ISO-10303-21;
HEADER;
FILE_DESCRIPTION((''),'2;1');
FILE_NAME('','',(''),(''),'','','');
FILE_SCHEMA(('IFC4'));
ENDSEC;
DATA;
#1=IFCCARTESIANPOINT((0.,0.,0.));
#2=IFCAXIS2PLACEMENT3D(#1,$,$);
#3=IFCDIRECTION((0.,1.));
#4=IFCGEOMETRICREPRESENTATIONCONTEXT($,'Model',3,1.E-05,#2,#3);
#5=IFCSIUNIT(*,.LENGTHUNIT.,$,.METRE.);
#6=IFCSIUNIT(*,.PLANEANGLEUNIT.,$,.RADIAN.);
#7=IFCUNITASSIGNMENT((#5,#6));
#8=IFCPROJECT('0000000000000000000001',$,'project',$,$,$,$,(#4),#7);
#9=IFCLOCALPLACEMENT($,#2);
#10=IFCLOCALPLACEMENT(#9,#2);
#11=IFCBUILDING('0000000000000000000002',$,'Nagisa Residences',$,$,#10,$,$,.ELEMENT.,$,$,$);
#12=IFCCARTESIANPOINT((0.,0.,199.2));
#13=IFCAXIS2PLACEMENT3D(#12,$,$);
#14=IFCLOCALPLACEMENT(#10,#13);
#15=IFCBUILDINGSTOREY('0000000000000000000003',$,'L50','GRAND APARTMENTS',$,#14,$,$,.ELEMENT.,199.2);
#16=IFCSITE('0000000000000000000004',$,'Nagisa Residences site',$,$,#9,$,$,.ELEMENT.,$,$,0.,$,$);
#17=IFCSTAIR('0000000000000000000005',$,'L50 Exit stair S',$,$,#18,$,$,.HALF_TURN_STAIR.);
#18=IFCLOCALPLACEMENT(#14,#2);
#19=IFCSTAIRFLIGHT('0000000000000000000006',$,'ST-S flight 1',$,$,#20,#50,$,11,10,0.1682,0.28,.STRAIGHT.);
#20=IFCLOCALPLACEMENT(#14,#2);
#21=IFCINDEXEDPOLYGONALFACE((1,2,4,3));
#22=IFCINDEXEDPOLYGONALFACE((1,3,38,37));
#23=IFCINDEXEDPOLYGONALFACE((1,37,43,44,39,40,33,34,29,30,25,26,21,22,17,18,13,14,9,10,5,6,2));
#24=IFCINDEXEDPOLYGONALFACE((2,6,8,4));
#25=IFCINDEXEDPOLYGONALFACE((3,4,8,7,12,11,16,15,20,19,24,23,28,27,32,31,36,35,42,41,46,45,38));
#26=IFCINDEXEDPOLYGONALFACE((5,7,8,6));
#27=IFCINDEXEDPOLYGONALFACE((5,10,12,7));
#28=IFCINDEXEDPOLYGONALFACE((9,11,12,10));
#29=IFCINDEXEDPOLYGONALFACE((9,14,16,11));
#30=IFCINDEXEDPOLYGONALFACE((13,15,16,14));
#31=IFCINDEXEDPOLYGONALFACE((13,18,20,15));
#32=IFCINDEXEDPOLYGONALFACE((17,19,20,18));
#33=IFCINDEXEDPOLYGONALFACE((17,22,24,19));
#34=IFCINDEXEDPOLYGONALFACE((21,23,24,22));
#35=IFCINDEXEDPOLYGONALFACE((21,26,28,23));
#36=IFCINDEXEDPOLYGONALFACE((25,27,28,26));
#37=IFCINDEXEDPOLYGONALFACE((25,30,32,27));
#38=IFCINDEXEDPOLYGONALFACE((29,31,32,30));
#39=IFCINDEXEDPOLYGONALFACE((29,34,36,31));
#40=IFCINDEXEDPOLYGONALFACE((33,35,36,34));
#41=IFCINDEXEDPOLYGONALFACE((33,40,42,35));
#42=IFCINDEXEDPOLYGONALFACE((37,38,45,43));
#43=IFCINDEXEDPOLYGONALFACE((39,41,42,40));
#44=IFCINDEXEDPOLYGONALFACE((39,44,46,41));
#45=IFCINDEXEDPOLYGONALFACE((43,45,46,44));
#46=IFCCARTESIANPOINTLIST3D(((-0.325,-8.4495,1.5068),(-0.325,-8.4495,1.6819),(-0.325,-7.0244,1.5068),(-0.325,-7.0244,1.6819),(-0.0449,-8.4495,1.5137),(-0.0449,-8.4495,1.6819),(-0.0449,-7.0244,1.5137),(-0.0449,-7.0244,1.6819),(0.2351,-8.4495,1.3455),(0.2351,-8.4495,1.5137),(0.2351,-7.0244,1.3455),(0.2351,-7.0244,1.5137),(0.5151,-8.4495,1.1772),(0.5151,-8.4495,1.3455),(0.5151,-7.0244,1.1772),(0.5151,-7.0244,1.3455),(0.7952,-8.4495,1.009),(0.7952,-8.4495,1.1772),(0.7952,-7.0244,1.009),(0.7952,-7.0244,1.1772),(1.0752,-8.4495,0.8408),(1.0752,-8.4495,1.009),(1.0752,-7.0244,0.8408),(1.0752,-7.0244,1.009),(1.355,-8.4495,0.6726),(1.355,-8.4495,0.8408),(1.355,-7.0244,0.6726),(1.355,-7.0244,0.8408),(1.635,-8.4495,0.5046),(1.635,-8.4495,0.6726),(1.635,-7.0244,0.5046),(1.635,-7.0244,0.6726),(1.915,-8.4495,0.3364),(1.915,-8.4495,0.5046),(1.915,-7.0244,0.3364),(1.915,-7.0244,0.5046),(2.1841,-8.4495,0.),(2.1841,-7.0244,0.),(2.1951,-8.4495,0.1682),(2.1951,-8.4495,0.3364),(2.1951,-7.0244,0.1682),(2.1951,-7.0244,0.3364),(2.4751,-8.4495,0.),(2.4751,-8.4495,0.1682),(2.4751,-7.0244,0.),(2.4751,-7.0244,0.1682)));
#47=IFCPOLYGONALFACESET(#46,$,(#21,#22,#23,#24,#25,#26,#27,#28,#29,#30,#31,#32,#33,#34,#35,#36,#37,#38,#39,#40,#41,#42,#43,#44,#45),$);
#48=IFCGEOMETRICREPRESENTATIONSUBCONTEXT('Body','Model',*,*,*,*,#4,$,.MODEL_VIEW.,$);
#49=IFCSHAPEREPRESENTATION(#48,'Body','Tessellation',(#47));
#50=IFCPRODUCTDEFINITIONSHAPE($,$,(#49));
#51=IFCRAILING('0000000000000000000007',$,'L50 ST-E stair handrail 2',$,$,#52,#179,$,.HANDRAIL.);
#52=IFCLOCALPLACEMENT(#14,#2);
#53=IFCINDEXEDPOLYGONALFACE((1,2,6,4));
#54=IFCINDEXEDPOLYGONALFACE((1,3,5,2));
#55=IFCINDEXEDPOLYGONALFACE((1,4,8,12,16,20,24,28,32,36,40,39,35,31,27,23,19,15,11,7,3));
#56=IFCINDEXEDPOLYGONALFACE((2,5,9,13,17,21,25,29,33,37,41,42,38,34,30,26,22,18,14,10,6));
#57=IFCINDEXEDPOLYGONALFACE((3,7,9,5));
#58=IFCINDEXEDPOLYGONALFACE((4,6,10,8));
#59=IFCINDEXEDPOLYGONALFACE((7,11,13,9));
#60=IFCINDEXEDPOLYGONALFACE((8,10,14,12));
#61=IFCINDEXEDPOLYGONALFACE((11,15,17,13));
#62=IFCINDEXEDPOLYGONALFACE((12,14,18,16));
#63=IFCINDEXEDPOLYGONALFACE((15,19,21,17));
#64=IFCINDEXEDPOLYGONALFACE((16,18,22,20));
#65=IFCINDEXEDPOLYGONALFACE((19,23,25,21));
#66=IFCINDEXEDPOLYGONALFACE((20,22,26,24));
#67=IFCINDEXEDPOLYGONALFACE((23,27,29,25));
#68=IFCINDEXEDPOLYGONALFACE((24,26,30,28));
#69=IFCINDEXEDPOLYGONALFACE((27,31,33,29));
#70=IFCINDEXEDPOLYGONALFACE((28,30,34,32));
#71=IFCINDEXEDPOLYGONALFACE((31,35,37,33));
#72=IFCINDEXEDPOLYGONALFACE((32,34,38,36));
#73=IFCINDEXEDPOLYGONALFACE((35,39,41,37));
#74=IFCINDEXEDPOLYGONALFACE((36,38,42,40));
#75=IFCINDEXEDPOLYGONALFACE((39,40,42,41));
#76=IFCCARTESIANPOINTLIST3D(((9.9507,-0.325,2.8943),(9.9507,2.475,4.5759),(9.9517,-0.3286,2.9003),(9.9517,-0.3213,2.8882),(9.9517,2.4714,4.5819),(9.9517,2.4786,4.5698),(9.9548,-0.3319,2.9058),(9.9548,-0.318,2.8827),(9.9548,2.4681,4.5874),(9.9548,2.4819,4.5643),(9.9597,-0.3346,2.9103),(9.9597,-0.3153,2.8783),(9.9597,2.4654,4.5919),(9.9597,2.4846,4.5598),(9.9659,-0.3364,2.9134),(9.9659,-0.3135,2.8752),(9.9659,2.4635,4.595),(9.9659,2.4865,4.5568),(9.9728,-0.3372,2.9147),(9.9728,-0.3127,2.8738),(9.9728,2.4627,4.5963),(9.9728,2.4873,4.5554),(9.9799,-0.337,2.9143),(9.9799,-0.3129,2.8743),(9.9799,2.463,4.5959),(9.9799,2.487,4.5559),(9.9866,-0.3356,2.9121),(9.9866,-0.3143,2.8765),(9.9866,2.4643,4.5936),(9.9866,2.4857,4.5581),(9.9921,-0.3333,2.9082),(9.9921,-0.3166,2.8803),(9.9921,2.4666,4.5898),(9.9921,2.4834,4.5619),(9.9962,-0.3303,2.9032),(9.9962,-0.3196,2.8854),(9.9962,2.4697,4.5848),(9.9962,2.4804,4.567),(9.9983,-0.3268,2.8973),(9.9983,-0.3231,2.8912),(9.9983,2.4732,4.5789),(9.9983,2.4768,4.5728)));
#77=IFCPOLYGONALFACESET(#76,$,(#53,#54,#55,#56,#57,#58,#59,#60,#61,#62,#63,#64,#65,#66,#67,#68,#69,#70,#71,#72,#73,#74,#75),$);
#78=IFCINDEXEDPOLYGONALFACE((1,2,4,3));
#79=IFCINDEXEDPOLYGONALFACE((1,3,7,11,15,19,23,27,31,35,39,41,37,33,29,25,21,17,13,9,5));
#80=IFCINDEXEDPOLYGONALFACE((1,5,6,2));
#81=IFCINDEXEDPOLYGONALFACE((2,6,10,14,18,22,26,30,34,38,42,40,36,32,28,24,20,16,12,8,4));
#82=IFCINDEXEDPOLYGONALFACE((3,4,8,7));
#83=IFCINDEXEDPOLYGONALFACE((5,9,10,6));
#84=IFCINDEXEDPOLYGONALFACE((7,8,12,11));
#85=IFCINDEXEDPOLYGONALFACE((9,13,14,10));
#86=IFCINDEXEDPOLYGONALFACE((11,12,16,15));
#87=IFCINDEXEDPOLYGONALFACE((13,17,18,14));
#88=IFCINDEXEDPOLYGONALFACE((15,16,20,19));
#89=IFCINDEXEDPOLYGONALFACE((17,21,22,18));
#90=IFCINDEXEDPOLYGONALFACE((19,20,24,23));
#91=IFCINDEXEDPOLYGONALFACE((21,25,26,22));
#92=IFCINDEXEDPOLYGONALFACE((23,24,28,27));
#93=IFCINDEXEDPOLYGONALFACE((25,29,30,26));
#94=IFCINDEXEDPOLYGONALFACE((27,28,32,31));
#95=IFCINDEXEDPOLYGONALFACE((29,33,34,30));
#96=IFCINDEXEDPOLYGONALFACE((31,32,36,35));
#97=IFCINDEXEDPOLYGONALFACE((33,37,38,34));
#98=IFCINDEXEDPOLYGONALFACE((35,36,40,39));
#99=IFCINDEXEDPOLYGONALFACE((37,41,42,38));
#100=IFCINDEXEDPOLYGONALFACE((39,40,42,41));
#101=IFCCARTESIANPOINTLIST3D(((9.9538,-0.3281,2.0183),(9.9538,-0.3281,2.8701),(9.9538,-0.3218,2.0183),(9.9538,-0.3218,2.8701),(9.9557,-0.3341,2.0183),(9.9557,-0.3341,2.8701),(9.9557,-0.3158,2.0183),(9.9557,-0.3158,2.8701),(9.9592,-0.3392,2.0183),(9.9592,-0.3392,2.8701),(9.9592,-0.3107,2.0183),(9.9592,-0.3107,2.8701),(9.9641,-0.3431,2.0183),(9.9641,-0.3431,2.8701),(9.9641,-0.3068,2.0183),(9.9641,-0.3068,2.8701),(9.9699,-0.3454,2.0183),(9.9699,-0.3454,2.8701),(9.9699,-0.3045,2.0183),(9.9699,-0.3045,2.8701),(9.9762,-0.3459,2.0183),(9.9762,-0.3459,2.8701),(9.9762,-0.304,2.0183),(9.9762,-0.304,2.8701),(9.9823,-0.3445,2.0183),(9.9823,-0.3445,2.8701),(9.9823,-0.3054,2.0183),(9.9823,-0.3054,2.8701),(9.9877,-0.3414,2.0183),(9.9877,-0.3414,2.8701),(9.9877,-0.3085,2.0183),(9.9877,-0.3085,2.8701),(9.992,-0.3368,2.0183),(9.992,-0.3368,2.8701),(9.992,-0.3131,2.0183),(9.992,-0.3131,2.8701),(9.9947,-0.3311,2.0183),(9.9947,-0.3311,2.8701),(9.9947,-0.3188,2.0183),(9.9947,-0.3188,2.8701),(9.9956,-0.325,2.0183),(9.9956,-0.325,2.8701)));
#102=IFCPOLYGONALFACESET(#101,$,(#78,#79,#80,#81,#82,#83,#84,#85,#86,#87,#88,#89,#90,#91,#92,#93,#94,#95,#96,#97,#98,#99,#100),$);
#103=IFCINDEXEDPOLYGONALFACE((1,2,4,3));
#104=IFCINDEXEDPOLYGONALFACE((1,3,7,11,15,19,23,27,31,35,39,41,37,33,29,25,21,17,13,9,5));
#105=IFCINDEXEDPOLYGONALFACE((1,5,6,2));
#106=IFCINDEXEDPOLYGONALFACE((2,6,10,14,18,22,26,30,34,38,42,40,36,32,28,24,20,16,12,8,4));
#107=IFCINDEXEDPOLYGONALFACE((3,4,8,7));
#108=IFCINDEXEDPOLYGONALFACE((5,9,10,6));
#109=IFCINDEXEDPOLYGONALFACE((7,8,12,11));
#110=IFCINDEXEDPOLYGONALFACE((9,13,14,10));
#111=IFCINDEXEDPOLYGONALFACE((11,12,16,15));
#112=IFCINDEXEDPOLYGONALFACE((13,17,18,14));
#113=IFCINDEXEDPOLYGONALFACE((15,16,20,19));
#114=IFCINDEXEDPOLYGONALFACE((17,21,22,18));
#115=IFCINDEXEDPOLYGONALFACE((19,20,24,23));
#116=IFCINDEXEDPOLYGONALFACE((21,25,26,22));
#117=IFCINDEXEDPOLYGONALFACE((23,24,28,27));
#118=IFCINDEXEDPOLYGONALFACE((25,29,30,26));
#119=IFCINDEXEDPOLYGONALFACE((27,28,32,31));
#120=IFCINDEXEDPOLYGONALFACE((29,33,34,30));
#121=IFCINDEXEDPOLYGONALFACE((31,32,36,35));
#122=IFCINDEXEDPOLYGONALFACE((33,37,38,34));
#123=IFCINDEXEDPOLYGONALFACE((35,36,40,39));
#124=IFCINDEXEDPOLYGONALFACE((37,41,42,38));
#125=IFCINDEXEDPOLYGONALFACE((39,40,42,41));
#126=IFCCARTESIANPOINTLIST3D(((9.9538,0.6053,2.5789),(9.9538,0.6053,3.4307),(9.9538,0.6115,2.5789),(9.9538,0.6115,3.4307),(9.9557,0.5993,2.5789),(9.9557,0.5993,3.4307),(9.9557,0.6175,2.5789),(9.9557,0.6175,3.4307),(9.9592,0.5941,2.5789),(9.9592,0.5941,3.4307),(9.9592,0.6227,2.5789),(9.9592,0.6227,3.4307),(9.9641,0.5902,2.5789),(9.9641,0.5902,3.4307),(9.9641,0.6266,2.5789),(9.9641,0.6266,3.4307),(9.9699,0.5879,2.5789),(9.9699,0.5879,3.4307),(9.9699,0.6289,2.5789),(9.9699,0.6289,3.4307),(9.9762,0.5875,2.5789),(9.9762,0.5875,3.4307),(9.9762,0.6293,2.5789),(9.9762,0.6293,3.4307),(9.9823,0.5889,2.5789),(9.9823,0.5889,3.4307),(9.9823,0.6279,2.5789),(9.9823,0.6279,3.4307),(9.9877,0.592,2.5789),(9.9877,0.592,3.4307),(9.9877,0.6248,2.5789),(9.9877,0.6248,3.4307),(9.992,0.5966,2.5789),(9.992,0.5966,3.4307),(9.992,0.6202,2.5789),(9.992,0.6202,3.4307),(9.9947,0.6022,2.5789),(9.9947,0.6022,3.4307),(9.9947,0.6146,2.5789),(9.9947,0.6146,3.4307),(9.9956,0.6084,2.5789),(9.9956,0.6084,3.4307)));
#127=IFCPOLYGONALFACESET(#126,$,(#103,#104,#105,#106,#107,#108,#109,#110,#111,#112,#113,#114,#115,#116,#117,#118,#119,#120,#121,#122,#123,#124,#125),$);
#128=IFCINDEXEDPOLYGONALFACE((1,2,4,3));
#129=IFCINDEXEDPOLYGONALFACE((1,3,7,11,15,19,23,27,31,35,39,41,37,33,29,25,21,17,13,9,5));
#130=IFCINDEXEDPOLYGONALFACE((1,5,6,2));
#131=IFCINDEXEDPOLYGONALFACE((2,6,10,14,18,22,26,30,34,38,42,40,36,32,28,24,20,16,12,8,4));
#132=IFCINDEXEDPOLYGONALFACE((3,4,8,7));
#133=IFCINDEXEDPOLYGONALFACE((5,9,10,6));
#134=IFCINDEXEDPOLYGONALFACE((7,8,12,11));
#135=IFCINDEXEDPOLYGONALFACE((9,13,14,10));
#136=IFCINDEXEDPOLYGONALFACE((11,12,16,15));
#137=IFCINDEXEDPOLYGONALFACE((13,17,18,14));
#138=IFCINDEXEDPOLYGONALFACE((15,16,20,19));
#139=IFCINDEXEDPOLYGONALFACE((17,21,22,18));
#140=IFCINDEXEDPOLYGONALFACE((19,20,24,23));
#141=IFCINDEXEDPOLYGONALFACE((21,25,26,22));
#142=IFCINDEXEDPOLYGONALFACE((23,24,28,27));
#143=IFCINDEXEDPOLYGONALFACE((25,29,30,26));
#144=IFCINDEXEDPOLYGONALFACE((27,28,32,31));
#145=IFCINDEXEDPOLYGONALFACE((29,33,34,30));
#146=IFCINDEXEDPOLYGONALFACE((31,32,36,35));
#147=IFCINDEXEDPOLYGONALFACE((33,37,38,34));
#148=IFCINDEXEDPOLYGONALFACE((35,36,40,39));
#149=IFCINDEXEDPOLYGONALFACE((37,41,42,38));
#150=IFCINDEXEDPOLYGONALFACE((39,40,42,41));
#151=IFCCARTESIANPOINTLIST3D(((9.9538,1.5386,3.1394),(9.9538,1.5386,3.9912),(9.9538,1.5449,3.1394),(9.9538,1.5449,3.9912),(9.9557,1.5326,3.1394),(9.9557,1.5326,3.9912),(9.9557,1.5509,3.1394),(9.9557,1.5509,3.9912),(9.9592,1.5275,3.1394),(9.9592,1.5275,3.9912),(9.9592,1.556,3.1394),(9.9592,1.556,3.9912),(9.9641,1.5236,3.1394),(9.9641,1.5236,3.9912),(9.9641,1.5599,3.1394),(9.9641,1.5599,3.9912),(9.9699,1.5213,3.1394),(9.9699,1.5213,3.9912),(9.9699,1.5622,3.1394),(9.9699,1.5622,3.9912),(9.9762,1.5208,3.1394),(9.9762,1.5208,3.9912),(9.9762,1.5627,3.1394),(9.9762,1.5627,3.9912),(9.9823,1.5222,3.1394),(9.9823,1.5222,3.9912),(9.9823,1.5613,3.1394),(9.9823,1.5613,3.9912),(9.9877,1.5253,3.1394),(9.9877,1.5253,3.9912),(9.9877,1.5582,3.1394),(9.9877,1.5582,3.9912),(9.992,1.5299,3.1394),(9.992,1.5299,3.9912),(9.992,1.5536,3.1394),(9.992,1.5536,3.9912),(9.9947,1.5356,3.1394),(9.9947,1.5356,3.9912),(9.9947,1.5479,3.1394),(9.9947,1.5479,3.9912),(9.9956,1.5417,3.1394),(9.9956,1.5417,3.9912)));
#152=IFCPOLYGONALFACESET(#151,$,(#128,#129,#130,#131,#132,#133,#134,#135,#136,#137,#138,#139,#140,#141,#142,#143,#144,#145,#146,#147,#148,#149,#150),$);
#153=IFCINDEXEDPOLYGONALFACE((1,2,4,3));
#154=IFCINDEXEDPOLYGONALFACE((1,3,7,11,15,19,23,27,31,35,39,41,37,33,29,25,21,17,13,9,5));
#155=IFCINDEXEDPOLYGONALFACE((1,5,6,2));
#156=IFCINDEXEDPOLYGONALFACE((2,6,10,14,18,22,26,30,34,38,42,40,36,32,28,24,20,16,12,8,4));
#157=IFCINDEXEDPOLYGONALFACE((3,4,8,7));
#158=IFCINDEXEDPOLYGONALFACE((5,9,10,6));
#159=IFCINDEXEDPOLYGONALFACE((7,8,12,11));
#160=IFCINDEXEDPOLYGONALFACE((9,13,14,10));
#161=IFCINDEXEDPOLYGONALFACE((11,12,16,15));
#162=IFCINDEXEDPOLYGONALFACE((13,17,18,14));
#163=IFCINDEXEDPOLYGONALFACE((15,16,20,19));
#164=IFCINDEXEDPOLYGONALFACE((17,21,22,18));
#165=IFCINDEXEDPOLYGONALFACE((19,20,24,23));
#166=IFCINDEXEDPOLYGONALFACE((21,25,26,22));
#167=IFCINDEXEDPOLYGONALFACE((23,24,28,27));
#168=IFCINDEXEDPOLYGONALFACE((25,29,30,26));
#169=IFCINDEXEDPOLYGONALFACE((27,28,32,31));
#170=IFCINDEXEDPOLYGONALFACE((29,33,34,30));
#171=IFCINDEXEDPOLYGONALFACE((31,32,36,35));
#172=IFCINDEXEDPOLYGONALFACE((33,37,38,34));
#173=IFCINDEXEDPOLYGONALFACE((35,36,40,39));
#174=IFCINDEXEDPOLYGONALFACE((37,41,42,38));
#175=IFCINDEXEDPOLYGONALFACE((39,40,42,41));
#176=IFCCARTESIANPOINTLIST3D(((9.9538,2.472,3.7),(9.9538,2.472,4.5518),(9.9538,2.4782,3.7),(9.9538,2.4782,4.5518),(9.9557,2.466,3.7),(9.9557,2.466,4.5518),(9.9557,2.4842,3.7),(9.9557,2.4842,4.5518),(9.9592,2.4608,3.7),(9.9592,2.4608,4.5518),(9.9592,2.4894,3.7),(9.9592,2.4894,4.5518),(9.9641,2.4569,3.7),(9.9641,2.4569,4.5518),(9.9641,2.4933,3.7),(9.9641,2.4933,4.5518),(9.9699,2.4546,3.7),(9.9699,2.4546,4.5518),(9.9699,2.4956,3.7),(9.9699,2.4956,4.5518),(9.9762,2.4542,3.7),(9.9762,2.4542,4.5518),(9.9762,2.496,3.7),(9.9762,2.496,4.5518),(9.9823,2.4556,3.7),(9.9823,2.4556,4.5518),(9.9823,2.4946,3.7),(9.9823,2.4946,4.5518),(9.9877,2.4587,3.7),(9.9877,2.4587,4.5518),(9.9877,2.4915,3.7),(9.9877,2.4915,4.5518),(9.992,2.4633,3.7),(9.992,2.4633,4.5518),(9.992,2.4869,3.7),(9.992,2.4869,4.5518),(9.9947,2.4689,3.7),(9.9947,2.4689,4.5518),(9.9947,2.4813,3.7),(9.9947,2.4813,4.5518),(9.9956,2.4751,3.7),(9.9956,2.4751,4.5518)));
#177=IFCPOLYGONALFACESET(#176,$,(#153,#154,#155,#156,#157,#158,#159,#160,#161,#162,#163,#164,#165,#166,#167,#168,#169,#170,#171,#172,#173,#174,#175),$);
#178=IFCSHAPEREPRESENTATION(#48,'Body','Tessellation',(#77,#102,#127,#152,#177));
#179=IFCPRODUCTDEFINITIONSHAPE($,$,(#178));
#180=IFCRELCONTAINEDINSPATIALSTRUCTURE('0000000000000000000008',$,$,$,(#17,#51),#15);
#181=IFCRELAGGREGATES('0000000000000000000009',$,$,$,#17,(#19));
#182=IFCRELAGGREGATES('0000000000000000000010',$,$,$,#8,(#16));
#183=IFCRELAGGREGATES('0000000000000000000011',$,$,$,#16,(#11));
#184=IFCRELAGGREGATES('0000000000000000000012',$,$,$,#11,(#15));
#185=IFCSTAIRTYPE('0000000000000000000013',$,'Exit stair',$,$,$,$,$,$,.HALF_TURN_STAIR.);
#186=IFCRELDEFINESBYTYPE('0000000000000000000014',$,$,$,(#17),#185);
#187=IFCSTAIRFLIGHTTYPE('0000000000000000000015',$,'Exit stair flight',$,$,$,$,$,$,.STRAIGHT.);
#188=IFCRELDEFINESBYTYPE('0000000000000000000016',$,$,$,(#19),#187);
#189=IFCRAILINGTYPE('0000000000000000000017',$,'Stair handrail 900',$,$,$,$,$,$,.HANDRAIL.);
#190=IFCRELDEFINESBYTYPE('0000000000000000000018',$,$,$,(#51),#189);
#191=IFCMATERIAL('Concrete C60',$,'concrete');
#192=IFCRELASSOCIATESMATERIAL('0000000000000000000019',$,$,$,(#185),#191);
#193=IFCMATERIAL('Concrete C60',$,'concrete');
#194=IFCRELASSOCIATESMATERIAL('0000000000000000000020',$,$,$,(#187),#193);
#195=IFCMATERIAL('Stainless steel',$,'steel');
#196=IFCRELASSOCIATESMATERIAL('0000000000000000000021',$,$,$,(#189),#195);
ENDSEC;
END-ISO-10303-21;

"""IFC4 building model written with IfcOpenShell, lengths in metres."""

from ifc_helpers import new_model, si_unit, direction, frame, origin, origin_2d, place, context, subcontext, project, spatial, polyline, circle, outline, extrude, material, type_object, element, aggregate, save


model = new_model("IFC4")

# Units and contexts
model_context = context("Model", 3, precision=1e-05, world=origin(), true_north=direction((0.0, 1.0)))
body_context = subcontext(model_context, "Body", "Model", "MODEL_VIEW")
ifc_project = project(units=[si_unit("LENGTHUNIT", "METRE"), si_unit("PLANEANGLEUNIT", "RADIAN")], contexts=[model_context])

# Site, building, storey
site_placement = place(None, origin())
site = spatial("IfcSite", under=ifc_project, at=site_placement, Name="Nagisa Residences site", CompositionType="ELEMENT", RefElevation=0.0)
building_placement = place(site_placement, origin())
building = spatial("IfcBuilding", under=site, at=building_placement, Name="Nagisa Residences", CompositionType="ELEMENT")
storey_placement = place(building_placement, frame((0.0, 0.0, 199.2)))
storey = spatial("IfcBuildingStorey", under=building, at=storey_placement, Name="L50", Description="GRAND APARTMENTS", CompositionType="ELEMENT", Elevation=199.2)

# Stair, stair flight
ifc_material_1 = material(Name="Concrete C60", Category="concrete")
stair_type = type_object("IfcStairType", Name="Exit stair", PredefinedType="HALF_TURN_STAIR", material=ifc_material_1)
ifc_material_2 = material(Name="Concrete C60", Category="concrete")
stair_flight_type = type_object("IfcStairFlightType", Name="Exit stair flight", PredefinedType="STRAIGHT", material=ifc_material_2)
stair_1_placement = place(storey_placement, origin())
stair_1 = element("IfcStair", 1, at=stair_1_placement, inside=storey, type_object=stair_type, Name="L50 Exit stair S", PredefinedType="HALF_TURN_STAIR")
stair_flight_1_placement = place(storey_placement, frame((2.4751, -7.7371, 0.0), z_axis=(0.0, 0.0, 1.0), x_axis=(-1.0, 0.0, 0.0)))
stair_flight_1 = element("IfcStairFlight", 2, at=stair_flight_1_placement, type_object=stair_flight_type, Name="ST-S flight 1", NumberOfRisers=11, NumberOfTreads=10, PredefinedType="STRAIGHT", RiserHeight=0.1682, TreadLength=0.28, context=body_context, shape_type="SweptSolid", body=[
    extrude(outline(polyline([(0.0, 0.0), (0.0, 0.1682), (0.28, 0.1682), (0.28, 0.3364), (0.5601, 0.3364), (0.5601, 0.5046), (0.8401, 0.5046), (0.8401, 0.6726), (1.1201, 0.6726), (1.1201, 0.8408), (1.3999, 0.8408), (1.3999, 1.009), (1.6799, 1.009), (1.6799, 1.1772), (1.96, 1.1772), (1.96, 1.3455), (2.24, 1.3455), (2.24, 1.5137), (2.52, 1.5137), (2.52, 1.6819), (2.8, 1.6819), (2.8, 1.8501), (2.8, 1.5068), (0.291, 0.0), (0.0, 0.0)])), frame((0.0, 0.7124, 0.0), z_axis=(0.0, -1.0, 0.0), x_axis=(1.0, 0.0, 0.0)), (0.0, 0.0, 1.0), 1.425),
])
aggregate(stair_1, [stair_flight_1])

# Railing
ifc_material_3 = material(Name="Stainless steel", Category="steel")
railing_type_1 = type_object("IfcRailingType", Name="Stair handrail 900", PredefinedType="HANDRAIL", material=ifc_material_3)
railing_1_placement = place(storey_placement, frame((9.9746, -0.325, 2.0183)))
element("IfcRailing", 3, at=railing_1_placement, inside=storey, type_object=railing_type_1, Name="L50 ST-E stair handrail 2", PredefinedType="HANDRAIL", context=body_context, shape_type="SweptSolid", body=[
    extrude(circle(Radius=0.0239, at=origin_2d()), frame((0.0, 0.0, 0.876), z_axis=(0.0, 0.857275, 0.514858), x_axis=(-1.0, 0.0, 0.0)), (0.0, 0.0, 1.0), 3.2661),
    extrude(circle(Radius=0.021, at=origin_2d()), origin(), (0.0, 0.0, 1.0), 0.8518),
    extrude(circle(Radius=0.021, at=origin_2d()), frame((0.0, 0.9333, 0.5605)), (0.0, 0.0, 1.0), 0.8518),
    extrude(circle(Radius=0.021, at=origin_2d()), frame((0.0, 1.8667, 1.1211)), (0.0, 0.0, 1.0), 0.8518),
    extrude(circle(Radius=0.021, at=origin_2d()), frame((0.0, 2.8, 1.6816)), (0.0, 0.0, 1.0), 0.8518),
])

save(model, "model.ifc")
